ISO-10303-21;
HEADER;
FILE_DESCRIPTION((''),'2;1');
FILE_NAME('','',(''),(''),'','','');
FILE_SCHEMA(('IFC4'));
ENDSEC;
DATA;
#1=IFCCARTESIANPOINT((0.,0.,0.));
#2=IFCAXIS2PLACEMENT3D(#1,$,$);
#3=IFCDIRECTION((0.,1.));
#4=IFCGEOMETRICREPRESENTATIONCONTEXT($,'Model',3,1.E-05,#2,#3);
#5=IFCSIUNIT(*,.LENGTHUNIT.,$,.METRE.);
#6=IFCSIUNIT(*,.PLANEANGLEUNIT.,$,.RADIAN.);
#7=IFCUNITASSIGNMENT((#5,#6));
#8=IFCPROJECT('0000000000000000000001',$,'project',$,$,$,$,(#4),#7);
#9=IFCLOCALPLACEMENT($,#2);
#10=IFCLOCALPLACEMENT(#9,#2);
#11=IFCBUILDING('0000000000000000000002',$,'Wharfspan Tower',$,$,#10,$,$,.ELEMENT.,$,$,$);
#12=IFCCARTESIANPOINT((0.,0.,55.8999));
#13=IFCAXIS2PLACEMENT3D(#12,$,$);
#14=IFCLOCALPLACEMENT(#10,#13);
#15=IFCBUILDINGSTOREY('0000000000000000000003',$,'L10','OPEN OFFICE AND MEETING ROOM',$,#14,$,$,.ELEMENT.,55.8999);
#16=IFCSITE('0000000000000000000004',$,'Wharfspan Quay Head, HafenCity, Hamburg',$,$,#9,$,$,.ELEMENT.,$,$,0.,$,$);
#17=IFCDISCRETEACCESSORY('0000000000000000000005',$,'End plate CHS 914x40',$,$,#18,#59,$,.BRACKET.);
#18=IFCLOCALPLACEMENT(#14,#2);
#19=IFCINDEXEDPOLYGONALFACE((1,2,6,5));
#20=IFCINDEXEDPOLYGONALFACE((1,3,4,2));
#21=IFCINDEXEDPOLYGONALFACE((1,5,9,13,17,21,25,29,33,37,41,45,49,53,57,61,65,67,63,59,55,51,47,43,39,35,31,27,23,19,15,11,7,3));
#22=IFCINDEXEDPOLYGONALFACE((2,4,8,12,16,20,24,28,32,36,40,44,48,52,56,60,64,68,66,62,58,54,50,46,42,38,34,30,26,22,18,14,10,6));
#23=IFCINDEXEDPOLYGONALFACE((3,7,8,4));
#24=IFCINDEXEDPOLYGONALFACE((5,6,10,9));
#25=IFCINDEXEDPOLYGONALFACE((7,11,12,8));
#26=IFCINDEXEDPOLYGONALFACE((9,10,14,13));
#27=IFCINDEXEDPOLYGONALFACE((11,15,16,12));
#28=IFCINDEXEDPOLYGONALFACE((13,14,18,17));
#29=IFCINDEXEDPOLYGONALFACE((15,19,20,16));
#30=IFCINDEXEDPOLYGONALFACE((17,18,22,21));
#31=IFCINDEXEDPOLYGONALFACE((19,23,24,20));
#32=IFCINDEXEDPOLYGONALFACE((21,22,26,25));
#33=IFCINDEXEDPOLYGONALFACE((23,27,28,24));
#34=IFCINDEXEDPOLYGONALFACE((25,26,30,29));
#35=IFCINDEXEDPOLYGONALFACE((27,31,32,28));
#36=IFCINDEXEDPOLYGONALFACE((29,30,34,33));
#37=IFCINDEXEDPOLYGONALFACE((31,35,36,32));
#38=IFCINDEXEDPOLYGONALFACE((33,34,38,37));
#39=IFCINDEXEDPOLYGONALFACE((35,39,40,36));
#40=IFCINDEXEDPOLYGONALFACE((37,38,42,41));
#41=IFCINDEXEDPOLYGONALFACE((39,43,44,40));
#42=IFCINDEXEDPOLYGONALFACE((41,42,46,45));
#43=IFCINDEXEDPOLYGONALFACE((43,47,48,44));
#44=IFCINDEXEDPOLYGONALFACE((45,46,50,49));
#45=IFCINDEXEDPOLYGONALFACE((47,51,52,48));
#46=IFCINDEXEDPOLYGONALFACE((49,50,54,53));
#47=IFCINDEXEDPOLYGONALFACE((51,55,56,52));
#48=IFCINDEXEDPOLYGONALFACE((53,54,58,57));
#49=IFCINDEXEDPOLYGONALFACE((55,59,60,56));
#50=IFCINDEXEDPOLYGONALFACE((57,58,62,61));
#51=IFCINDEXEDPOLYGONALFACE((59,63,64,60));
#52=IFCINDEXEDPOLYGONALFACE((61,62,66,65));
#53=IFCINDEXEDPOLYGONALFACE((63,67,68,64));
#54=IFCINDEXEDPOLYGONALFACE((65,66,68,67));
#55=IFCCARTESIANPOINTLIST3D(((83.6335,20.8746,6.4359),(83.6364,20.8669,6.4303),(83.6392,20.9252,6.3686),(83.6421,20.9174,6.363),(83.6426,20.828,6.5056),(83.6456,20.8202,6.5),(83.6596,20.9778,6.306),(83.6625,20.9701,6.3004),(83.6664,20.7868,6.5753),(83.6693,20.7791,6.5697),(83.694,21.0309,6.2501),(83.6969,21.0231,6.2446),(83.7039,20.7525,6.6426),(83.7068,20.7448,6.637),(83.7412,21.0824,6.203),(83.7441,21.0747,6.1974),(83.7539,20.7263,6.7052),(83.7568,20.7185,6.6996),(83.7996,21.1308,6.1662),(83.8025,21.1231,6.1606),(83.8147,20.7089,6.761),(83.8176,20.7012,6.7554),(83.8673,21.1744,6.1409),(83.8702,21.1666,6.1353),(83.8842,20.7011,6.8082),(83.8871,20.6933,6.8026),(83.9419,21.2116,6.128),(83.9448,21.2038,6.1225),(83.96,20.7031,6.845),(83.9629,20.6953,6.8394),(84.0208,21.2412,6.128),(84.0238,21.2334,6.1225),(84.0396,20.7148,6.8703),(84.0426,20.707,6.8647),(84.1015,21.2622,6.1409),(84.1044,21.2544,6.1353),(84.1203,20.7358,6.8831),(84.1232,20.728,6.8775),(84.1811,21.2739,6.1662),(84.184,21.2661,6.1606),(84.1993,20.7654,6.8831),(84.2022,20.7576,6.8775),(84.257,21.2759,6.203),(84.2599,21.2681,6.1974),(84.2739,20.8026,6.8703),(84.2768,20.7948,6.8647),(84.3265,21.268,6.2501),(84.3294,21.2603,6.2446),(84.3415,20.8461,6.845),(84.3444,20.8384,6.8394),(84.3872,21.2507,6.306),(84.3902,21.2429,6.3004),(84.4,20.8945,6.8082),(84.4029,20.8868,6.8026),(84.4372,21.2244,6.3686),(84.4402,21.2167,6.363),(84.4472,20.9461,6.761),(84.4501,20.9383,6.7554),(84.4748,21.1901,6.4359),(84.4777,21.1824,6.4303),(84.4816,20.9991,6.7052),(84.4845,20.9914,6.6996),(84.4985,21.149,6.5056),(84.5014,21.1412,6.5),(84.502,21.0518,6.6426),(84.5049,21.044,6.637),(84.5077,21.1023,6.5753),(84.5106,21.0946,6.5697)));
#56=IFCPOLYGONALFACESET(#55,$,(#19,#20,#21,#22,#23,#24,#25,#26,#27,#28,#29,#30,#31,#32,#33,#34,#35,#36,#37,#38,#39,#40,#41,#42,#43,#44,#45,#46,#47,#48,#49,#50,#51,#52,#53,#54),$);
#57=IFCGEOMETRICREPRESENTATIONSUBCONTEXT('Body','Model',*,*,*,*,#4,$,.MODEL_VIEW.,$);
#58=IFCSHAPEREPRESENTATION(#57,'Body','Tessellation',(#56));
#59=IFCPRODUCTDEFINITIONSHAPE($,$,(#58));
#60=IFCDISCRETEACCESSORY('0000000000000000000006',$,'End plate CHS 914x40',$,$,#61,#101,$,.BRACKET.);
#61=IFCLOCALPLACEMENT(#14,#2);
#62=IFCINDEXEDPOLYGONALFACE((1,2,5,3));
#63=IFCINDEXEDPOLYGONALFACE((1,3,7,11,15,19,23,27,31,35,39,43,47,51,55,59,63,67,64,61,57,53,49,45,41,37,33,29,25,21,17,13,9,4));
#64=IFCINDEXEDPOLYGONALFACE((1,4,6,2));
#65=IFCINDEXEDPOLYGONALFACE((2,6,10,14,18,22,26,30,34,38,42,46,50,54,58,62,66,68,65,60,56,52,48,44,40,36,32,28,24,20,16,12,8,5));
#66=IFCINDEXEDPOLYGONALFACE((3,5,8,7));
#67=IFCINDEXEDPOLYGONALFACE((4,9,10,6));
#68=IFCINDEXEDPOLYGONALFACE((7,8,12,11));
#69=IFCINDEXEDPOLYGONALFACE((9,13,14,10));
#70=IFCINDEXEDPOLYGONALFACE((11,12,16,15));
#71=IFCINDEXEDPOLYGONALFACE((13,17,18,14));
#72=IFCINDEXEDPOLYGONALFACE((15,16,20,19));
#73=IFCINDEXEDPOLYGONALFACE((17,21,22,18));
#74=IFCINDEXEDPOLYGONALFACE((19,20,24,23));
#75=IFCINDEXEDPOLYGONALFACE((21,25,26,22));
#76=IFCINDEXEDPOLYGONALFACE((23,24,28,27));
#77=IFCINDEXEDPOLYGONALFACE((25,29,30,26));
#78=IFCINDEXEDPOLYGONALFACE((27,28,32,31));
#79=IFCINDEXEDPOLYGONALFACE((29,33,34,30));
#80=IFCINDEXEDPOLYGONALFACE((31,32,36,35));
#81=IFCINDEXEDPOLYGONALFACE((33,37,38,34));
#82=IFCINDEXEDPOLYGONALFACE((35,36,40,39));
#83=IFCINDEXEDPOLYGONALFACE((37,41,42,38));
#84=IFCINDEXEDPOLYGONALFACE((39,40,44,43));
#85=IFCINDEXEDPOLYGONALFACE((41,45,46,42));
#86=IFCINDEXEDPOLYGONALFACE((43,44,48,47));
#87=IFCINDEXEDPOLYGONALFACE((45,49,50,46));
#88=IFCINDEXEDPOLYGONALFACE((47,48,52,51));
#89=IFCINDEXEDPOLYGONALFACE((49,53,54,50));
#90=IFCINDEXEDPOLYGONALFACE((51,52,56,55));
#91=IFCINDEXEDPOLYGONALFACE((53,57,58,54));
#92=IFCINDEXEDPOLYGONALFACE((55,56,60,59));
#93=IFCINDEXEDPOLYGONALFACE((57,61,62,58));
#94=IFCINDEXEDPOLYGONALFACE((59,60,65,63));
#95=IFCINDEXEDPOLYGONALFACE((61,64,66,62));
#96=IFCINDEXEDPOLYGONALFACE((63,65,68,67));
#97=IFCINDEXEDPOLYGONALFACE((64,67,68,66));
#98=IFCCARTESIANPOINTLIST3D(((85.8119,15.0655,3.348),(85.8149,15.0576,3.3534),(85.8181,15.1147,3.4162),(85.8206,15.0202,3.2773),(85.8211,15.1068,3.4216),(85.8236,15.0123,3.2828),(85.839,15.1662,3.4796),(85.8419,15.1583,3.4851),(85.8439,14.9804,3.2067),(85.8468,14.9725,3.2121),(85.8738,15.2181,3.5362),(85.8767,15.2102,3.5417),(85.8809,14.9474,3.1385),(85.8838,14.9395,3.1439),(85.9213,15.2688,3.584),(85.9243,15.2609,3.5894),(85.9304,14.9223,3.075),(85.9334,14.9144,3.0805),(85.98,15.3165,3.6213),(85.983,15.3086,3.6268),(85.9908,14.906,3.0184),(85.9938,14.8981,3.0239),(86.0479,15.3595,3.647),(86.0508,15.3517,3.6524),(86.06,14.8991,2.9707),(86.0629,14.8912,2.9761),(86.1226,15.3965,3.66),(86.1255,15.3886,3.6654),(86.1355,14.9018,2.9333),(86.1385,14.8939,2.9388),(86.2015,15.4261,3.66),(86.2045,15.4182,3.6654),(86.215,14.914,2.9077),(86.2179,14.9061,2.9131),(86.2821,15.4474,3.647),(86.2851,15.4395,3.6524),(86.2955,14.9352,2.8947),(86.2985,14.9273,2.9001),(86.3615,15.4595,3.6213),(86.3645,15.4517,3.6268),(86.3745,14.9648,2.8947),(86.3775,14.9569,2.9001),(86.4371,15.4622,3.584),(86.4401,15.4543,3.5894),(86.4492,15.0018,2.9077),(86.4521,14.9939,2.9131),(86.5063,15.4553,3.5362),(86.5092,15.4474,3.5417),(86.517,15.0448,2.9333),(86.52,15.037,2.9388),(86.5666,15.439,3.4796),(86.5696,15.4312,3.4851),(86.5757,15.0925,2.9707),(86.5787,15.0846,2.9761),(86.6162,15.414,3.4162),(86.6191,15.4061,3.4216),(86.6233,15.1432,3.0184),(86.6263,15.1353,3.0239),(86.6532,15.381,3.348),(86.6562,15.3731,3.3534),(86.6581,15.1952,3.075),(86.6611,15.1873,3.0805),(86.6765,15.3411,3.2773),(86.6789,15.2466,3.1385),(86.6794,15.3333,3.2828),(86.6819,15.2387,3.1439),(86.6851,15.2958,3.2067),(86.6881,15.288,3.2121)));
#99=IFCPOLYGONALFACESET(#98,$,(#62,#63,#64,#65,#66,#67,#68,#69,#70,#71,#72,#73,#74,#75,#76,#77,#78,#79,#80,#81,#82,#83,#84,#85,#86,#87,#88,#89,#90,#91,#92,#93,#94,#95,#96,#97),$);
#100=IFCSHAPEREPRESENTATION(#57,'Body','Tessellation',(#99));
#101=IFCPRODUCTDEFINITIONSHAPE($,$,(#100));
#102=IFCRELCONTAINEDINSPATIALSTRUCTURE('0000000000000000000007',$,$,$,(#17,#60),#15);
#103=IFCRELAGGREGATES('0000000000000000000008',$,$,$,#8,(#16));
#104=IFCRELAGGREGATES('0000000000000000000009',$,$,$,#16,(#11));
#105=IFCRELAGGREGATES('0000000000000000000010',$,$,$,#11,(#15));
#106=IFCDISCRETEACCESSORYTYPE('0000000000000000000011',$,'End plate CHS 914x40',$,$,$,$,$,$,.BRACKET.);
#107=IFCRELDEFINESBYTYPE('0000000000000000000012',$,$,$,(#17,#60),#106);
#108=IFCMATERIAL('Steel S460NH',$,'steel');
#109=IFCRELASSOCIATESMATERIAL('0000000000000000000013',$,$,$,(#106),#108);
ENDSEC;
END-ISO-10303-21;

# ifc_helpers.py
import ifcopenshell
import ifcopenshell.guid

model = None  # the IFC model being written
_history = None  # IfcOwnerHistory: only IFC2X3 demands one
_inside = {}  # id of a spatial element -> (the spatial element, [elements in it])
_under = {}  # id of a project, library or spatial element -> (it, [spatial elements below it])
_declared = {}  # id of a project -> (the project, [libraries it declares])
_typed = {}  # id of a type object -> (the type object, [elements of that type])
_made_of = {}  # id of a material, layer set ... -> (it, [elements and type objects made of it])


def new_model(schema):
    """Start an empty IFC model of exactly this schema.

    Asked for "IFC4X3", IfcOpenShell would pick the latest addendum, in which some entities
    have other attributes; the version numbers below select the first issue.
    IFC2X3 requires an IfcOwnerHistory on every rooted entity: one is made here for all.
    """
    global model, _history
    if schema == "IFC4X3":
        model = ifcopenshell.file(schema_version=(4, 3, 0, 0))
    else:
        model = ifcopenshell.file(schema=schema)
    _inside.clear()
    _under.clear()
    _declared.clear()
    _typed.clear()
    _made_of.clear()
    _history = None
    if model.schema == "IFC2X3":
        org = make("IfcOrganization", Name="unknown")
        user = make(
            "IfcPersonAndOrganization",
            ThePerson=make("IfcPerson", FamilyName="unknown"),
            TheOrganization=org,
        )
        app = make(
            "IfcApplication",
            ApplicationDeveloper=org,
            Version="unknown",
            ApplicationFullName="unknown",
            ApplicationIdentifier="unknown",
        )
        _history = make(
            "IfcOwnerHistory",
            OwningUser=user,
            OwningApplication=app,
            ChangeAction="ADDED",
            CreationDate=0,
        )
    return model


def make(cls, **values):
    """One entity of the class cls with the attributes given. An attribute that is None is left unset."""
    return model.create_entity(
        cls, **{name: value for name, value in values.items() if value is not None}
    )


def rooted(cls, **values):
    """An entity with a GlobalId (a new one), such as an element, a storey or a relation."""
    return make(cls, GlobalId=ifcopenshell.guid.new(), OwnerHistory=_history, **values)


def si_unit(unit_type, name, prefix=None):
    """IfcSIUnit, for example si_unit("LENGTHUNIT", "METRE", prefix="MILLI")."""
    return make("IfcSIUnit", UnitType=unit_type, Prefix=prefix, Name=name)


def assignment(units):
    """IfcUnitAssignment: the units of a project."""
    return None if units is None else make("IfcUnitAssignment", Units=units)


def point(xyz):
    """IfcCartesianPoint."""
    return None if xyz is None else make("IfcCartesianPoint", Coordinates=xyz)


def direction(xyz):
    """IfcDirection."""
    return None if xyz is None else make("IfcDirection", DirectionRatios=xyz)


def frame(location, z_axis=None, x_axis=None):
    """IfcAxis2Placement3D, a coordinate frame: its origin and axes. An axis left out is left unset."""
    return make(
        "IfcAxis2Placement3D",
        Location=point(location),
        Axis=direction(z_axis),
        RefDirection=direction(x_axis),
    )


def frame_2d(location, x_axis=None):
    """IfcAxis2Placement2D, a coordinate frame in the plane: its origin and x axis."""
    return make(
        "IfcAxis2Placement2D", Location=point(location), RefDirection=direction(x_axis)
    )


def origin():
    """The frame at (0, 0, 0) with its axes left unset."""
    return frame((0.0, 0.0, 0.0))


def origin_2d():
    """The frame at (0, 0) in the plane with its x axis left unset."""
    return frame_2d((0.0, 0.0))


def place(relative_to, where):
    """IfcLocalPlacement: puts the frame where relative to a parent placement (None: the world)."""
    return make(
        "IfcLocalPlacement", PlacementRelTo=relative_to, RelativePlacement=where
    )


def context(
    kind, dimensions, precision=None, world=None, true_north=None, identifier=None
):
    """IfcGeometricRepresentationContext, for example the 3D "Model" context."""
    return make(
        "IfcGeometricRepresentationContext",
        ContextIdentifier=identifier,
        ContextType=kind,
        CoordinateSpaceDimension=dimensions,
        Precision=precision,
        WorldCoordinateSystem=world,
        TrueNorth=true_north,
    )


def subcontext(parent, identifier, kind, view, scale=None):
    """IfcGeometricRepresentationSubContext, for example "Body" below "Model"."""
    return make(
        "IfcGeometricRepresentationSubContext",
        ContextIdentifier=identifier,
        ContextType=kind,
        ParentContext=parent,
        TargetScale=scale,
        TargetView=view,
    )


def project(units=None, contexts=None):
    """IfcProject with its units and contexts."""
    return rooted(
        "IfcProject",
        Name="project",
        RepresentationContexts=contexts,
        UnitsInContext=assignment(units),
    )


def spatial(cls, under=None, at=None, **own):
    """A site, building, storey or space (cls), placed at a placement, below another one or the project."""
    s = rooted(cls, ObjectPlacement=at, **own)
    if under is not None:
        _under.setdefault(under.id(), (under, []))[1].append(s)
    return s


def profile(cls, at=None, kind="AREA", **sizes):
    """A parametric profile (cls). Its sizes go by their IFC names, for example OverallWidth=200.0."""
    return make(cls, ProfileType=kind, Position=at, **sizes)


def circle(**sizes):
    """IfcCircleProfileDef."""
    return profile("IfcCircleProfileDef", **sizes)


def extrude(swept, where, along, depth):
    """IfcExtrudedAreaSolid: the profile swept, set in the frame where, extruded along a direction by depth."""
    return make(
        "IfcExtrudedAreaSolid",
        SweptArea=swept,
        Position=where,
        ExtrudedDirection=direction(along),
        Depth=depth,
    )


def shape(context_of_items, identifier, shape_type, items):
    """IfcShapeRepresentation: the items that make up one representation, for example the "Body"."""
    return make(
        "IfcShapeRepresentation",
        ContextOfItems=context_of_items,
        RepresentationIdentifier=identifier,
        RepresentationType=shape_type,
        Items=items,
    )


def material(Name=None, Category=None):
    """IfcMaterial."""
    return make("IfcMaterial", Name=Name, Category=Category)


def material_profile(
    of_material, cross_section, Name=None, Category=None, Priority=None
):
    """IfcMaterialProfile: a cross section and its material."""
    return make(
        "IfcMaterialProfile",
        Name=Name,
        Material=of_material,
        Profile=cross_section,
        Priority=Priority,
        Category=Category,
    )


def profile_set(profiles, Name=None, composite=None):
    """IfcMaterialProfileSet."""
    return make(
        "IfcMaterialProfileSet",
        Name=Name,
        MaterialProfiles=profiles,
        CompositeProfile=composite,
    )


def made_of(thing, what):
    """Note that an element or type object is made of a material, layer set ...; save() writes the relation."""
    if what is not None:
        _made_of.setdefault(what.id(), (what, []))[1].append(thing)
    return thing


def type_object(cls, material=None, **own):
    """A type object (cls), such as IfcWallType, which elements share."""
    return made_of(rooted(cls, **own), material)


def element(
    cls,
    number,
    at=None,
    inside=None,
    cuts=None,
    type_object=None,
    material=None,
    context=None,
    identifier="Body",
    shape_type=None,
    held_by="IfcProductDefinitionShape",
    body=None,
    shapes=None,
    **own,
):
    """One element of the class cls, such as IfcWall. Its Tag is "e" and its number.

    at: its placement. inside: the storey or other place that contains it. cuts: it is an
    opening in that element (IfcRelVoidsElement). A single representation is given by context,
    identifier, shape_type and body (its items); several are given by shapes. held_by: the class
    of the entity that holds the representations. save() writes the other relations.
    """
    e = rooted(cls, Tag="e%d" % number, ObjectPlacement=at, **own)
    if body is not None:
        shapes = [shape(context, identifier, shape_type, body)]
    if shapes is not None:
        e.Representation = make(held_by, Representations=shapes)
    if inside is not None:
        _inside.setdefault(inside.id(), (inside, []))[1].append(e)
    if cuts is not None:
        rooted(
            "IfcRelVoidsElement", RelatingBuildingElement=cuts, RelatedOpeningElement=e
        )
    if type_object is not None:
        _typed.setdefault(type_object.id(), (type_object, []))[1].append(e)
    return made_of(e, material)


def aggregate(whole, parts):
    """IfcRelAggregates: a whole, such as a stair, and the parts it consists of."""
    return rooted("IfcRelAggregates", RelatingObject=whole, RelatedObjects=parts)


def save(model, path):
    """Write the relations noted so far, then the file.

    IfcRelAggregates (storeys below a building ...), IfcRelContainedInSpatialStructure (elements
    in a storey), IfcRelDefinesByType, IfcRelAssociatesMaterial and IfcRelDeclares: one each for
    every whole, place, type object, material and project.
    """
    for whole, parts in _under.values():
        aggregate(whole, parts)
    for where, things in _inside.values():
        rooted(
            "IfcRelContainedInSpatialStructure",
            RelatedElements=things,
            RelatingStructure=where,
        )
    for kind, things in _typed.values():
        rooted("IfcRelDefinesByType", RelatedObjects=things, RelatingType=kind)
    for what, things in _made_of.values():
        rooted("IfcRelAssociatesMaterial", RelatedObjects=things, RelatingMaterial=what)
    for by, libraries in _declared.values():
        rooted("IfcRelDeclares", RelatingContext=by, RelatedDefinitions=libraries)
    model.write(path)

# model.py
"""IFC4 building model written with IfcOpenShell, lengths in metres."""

from ifc_helpers import new_model, si_unit, direction, frame, origin, origin_2d, place, context, subcontext, project, spatial, circle, extrude, material, material_profile, profile_set, type_object, element, save


model = new_model("IFC4")

# Units and contexts
model_context = context("Model", 3, precision=1e-05, world=origin(), true_north=direction((0.0, 1.0)))
body_context = subcontext(model_context, "Body", "Model", "MODEL_VIEW")
ifc_project = project(units=[si_unit("LENGTHUNIT", "METRE"), si_unit("PLANEANGLEUNIT", "RADIAN")], contexts=[model_context])

# Site, building, storey
site_placement = place(None, origin())
site = spatial("IfcSite", under=ifc_project, at=site_placement, Name="Wharfspan Quay Head, HafenCity, Hamburg", CompositionType="ELEMENT", RefElevation=0.0)
building_placement = place(site_placement, origin())
building = spatial("IfcBuilding", under=site, at=building_placement, Name="Wharfspan Tower", CompositionType="ELEMENT")
storey_placement = place(building_placement, frame((0.0, 0.0, 55.8999)))
storey = spatial("IfcBuildingStorey", under=building, at=storey_placement, Name="L10", Description="OPEN OFFICE AND MEETING ROOM", CompositionType="ELEMENT", Elevation=55.8999)

# Shared definitions
ifc_material_1 = material(Name="Steel S460NH", Category="steel")

# Discrete accessories
ifc_material_profile_1 = material_profile(ifc_material_1, circle(Radius=0.457, at=origin_2d()))
ifc_profile_set_1 = profile_set([ifc_material_profile_1], Name="Steel S460NH")
discrete_accessory_type = type_object("IfcDiscreteAccessoryType", Name="End plate CHS 914x40", PredefinedType="BRACKET", material=ifc_profile_set_1)
for number, where, z_axis, x_axis, name in (
    (1, (84.0735, 20.9807, 6.5), (-0.2913, 0.7768, 0.558325), (-0.936328, -0.351123, 0.0), "End plate CHS 914x40"),
    (2, (86.2485, 15.1807, 3.2773), (0.295241, -0.787309, 0.541275), (0.936333, 0.351125, 0.0), "End plate CHS 914x40"),
):
    element("IfcDiscreteAccessory", number, at=place(storey_placement, frame(where, z_axis=z_axis, x_axis=x_axis)), inside=storey, type_object=discrete_accessory_type, Name=name, PredefinedType="BRACKET", context=body_context, shape_type="SweptSolid", body=[
        extrude(circle(Radius=0.457, at=origin_2d()), origin(), (0.0, 0.0, 1.0), 0.01),
    ])

save(model, "model.ifc")
